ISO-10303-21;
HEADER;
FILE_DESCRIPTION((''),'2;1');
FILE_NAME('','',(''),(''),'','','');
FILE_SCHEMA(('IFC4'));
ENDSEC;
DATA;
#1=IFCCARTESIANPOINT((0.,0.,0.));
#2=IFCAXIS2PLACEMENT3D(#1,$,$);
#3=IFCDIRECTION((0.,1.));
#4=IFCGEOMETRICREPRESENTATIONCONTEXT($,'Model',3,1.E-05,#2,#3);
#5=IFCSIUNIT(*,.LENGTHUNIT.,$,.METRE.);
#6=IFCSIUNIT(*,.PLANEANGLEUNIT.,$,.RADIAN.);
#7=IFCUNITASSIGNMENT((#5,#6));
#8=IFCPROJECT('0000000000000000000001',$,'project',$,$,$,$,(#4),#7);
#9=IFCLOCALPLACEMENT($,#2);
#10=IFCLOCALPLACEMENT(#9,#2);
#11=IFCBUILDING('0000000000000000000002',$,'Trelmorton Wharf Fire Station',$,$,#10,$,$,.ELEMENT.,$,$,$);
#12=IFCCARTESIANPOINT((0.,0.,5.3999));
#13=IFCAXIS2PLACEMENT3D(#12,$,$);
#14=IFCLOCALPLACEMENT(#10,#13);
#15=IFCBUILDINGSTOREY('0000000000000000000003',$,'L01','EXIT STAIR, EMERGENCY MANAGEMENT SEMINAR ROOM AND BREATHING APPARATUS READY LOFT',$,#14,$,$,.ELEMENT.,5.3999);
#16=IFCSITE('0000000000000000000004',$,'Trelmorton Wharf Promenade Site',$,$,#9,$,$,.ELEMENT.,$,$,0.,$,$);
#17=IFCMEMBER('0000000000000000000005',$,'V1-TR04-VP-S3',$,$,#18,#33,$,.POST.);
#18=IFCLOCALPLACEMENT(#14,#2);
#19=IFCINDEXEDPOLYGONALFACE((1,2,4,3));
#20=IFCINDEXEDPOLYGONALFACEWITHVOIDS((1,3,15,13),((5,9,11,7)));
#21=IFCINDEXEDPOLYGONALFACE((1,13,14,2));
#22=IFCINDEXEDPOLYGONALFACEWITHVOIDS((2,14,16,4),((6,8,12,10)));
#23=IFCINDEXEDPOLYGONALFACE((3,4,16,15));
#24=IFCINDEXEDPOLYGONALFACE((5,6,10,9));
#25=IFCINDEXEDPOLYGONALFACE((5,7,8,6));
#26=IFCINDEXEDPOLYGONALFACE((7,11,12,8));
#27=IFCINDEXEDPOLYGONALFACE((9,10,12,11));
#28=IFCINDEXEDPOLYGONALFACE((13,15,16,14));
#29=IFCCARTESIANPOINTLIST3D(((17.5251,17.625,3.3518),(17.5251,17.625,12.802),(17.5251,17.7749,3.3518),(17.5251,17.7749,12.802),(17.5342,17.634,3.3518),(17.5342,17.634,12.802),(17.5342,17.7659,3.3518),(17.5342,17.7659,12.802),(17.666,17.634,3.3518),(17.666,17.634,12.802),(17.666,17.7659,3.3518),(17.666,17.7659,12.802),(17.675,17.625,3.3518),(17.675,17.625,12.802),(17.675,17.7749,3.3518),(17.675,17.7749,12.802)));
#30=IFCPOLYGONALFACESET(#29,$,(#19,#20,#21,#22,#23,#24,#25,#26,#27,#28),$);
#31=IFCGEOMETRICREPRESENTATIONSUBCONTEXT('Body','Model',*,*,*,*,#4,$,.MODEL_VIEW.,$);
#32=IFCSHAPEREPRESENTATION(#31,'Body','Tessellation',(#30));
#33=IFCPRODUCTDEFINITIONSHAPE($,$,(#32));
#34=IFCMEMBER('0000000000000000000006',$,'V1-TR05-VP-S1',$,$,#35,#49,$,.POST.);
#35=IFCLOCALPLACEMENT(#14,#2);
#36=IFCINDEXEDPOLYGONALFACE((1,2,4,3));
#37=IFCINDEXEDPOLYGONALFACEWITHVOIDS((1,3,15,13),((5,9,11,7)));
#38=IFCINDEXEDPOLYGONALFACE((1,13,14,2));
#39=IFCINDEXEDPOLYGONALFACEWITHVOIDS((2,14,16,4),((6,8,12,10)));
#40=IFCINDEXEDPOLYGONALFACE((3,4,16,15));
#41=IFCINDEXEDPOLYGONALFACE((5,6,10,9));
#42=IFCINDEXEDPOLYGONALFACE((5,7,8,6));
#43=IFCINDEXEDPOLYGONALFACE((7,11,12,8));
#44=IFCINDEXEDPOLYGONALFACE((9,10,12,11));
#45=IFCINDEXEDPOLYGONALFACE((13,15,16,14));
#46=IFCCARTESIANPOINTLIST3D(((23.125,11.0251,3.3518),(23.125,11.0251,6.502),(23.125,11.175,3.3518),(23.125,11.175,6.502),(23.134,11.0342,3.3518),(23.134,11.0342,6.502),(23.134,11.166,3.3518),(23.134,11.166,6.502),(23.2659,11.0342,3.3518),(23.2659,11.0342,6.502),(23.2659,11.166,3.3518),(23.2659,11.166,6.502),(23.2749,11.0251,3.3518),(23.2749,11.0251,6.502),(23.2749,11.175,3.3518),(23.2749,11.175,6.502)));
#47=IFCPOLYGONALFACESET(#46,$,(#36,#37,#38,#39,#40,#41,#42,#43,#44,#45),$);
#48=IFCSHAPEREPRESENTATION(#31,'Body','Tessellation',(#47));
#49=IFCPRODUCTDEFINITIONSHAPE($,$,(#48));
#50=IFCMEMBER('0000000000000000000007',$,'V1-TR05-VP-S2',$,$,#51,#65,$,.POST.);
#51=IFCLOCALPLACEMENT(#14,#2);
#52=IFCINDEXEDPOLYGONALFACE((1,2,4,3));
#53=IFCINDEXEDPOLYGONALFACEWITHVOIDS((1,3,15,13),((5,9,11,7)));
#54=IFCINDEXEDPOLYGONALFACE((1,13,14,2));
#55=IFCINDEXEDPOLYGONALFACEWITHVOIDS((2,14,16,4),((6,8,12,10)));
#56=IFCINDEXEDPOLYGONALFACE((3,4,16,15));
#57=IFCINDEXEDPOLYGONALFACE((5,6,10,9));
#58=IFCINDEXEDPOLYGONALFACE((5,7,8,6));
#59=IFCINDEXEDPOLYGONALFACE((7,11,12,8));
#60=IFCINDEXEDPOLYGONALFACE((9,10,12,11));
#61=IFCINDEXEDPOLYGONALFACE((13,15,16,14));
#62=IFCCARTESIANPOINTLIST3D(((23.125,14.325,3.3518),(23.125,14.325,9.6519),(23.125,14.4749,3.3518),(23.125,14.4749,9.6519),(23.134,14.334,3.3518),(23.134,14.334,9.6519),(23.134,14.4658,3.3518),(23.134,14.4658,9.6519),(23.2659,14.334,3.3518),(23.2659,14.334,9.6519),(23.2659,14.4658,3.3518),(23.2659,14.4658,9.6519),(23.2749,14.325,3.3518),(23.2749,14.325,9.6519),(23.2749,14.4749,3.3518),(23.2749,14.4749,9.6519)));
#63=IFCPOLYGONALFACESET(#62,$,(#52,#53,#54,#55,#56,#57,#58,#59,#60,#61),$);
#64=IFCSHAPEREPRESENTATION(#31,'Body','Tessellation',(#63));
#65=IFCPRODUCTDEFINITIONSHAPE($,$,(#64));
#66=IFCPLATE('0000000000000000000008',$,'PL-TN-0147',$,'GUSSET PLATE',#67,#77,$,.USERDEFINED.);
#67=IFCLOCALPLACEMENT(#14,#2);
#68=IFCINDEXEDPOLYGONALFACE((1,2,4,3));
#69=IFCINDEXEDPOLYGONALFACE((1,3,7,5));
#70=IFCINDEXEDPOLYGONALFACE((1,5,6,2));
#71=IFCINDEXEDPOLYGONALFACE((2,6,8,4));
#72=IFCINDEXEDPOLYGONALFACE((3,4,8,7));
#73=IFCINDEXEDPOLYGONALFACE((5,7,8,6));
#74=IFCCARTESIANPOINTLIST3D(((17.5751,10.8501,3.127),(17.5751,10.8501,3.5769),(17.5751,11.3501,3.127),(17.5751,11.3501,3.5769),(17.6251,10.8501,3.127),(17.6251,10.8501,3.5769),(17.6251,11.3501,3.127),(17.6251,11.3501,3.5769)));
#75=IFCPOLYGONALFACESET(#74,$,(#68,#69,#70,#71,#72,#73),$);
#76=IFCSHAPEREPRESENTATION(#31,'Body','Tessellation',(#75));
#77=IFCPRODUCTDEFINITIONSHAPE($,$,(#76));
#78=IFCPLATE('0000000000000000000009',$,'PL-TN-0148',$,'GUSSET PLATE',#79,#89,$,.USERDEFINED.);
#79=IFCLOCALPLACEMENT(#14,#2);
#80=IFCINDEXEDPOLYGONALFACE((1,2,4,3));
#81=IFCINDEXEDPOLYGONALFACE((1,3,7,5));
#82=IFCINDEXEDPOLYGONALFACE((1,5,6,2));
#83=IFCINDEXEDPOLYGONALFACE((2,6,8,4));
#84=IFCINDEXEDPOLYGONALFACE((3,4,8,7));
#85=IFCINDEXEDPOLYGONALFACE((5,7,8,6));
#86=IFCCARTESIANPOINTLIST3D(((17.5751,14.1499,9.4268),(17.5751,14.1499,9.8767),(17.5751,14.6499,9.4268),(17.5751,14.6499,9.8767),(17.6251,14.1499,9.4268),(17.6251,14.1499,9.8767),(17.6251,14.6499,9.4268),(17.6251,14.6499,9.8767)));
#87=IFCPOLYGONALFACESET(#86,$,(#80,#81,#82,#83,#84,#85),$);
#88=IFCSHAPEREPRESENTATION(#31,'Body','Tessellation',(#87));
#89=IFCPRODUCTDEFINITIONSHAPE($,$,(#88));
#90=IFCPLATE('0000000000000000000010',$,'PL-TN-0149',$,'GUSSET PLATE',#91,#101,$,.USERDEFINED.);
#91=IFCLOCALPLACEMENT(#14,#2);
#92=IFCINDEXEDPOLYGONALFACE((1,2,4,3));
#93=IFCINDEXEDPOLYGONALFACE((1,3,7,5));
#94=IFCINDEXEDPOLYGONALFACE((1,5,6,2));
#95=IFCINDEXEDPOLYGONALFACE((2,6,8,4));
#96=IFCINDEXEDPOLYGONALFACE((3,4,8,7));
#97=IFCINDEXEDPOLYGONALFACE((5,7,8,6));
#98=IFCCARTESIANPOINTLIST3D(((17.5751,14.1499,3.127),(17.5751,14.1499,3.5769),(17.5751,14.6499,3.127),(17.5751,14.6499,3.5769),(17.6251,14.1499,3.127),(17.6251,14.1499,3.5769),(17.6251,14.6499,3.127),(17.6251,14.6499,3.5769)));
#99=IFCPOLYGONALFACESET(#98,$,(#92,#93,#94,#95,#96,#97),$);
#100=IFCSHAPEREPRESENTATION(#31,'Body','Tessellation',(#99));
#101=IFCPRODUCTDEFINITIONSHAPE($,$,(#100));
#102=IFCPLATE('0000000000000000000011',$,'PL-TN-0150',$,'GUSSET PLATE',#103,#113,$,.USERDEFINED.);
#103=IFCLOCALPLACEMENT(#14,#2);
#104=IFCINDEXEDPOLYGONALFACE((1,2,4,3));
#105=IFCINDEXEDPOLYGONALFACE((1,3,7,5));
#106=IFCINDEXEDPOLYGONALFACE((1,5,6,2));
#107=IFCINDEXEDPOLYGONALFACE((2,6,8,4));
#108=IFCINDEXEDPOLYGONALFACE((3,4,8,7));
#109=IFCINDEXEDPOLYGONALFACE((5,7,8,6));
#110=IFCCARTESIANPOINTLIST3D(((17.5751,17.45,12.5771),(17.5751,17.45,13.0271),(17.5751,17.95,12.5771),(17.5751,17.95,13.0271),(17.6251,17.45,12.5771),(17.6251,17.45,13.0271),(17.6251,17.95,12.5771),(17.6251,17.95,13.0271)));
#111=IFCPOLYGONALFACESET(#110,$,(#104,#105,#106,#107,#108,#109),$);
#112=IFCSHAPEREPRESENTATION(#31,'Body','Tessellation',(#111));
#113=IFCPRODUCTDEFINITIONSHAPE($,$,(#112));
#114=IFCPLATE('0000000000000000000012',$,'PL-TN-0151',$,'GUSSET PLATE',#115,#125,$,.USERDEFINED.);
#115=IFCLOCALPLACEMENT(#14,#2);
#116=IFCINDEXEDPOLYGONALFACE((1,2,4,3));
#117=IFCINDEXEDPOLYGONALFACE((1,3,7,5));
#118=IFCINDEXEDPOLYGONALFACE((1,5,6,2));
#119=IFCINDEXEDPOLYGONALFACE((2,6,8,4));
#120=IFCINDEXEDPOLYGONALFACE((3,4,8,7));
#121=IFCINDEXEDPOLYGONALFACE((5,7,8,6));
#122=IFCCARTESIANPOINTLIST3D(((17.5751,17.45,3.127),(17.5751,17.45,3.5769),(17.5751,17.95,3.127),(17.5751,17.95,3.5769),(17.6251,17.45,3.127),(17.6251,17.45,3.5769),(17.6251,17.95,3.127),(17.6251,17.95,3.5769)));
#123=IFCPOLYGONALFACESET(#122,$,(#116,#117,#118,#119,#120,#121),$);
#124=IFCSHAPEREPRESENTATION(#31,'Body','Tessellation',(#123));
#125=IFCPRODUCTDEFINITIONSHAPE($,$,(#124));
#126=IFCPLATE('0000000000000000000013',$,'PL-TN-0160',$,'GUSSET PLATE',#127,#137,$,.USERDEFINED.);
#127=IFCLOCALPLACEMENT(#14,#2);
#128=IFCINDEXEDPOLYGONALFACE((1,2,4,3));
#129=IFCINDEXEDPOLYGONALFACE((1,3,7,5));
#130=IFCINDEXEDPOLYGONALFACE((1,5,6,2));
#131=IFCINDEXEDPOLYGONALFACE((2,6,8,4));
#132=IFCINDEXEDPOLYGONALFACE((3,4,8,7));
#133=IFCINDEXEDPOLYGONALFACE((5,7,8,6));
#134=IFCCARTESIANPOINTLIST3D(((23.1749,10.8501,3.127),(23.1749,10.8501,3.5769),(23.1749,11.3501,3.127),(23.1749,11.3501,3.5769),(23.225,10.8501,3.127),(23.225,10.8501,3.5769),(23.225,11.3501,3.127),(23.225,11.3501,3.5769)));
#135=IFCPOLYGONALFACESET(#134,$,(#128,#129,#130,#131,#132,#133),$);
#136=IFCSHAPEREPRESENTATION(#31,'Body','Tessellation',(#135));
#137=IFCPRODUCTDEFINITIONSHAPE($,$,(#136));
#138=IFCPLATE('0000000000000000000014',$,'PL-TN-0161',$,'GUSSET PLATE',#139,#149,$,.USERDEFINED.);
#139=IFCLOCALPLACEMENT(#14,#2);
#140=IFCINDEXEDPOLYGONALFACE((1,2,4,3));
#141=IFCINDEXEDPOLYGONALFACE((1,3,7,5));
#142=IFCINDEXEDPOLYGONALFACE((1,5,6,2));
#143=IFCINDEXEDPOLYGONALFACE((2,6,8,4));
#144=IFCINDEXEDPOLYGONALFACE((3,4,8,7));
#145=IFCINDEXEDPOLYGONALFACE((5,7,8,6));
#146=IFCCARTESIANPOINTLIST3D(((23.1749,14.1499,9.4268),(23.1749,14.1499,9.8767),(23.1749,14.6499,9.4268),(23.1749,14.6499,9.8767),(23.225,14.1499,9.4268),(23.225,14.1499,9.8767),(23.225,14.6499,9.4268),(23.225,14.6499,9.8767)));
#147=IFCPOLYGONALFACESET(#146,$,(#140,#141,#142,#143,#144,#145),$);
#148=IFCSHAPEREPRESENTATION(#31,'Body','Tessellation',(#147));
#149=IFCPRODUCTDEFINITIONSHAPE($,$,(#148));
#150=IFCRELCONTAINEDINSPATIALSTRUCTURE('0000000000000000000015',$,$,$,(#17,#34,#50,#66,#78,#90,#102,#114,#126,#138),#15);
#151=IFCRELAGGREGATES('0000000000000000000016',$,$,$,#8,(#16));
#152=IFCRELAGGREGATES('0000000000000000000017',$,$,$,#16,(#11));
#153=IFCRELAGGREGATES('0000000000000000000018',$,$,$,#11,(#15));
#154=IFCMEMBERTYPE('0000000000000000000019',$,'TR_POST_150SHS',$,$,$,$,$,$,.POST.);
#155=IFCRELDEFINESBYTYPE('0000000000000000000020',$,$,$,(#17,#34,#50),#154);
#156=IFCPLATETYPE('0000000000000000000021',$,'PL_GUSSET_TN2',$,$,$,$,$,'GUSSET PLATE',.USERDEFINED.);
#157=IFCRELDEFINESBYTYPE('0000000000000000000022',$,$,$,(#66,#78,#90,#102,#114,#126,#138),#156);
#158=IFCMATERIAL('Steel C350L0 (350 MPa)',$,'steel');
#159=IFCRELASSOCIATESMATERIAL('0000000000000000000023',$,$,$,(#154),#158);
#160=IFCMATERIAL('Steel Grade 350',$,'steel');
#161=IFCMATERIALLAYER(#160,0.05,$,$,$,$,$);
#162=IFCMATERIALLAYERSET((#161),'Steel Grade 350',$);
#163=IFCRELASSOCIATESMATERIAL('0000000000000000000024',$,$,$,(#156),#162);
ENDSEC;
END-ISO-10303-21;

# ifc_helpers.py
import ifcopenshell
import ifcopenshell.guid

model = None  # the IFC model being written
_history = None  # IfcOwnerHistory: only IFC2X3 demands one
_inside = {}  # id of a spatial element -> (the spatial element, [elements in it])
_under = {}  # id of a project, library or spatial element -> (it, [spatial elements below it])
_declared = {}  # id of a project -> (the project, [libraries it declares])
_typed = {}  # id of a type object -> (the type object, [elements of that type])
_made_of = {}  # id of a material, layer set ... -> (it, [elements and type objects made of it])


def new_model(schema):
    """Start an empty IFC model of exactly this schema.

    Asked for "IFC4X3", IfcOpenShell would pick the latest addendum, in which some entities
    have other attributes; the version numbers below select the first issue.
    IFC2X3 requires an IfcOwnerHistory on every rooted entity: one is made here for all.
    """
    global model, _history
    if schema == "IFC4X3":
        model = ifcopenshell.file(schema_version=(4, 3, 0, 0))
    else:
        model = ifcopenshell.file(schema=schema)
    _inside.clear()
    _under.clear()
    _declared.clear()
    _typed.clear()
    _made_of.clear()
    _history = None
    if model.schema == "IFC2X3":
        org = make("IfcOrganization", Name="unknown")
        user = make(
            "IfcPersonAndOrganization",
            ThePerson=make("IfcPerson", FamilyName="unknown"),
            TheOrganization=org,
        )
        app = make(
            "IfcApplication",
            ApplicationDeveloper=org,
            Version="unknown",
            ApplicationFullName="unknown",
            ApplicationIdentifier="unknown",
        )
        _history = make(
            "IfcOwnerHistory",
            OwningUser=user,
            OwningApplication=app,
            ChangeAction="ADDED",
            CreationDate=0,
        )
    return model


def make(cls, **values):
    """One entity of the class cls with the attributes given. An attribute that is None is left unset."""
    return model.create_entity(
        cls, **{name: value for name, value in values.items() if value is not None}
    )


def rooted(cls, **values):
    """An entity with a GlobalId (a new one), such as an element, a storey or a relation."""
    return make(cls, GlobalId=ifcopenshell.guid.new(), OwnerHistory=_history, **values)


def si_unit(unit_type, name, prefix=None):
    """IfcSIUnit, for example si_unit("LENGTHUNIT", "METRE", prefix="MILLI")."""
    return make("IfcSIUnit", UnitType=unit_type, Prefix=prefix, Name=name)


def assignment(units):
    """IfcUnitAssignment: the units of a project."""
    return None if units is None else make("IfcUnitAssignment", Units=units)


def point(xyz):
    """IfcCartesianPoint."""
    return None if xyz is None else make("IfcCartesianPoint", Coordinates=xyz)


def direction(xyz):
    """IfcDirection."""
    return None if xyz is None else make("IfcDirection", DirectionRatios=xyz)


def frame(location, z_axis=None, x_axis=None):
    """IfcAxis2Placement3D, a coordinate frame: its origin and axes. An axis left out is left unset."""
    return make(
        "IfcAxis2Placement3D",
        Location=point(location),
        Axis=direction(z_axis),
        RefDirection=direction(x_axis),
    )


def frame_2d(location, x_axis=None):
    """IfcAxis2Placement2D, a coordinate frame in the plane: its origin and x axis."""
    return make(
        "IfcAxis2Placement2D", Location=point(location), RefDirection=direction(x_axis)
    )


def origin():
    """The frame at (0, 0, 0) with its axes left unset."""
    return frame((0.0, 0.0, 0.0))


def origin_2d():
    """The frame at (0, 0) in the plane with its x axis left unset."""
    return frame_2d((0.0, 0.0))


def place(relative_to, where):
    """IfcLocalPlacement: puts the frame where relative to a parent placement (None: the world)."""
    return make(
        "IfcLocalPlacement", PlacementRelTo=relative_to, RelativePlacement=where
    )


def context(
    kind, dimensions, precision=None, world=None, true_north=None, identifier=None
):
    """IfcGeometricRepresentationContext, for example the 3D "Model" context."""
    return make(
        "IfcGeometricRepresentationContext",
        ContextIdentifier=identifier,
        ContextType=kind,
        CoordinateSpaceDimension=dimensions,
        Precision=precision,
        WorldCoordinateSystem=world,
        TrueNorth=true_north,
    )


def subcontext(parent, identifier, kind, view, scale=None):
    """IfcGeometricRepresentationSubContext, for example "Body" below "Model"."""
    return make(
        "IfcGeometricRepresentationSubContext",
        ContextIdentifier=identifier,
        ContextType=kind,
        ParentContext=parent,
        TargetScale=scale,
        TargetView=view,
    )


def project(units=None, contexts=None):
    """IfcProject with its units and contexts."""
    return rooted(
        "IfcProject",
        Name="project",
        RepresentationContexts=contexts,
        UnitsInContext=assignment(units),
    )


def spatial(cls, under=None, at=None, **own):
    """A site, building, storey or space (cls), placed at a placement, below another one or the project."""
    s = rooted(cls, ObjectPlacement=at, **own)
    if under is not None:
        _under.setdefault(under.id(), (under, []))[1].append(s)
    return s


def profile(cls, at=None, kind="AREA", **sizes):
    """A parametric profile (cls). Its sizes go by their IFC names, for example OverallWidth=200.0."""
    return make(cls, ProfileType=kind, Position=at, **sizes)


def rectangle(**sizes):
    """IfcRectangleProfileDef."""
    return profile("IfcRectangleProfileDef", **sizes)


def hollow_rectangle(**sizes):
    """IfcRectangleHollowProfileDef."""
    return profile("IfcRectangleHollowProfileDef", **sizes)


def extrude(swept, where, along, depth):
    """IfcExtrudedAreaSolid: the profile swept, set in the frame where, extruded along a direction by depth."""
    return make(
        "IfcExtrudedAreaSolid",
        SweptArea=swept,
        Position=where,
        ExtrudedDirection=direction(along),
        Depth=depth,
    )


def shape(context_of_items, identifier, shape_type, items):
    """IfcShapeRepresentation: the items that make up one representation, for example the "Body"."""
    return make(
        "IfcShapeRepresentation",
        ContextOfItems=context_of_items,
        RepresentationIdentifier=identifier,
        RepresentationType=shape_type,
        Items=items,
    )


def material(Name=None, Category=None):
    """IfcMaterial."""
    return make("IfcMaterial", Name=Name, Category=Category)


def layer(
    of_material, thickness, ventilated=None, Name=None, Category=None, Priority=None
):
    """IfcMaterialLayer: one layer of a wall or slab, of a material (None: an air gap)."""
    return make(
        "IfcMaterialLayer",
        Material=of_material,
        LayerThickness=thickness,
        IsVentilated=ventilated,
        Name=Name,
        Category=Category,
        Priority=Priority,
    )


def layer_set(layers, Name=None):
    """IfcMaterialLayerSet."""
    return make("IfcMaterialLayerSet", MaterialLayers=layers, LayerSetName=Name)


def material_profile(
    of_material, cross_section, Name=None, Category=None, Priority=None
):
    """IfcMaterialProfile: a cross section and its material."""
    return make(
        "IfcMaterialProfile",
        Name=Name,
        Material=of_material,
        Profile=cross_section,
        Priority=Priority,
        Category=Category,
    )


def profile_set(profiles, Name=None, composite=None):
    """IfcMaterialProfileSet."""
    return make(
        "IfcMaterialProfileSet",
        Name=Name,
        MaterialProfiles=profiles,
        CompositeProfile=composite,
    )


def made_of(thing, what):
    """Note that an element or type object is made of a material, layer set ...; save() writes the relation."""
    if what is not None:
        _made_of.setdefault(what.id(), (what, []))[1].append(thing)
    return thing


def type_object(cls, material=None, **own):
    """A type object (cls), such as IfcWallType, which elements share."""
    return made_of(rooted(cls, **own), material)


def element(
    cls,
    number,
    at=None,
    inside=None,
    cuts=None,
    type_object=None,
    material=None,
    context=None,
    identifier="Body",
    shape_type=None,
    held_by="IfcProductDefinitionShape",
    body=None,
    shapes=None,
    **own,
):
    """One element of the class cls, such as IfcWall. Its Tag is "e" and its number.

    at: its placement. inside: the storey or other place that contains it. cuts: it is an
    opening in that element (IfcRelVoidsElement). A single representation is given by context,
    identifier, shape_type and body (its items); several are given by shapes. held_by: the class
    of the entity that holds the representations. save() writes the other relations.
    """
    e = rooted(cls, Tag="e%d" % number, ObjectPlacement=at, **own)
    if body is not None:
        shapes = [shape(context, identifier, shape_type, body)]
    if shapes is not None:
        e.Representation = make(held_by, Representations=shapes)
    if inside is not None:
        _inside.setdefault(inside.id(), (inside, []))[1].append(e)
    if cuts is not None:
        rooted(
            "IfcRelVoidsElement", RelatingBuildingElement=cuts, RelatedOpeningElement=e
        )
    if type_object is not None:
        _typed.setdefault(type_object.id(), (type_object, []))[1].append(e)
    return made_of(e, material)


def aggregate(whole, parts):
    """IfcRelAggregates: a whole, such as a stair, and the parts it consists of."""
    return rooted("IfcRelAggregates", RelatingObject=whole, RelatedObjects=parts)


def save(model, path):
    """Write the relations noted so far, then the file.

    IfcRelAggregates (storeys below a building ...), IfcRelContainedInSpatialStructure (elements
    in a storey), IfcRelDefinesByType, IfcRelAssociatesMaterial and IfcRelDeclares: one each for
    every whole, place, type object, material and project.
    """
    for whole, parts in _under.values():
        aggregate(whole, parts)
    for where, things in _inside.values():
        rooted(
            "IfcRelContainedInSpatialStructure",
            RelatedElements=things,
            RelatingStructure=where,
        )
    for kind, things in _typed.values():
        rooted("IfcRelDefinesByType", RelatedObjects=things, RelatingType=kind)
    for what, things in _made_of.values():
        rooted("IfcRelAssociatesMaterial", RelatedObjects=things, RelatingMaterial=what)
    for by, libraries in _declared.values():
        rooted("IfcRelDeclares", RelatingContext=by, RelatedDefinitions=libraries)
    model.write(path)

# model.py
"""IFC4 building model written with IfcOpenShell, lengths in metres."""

from ifc_helpers import new_model, si_unit, direction, frame, origin, origin_2d, place, context, subcontext, project, spatial, rectangle, hollow_rectangle, extrude, material, layer, layer_set, material_profile, profile_set, type_object, element, save


model = new_model("IFC4")

# Units and contexts
model_context = context("Model", 3, precision=1e-05, world=origin(), true_north=direction((0.0, 1.0)))
body_context = subcontext(model_context, "Body", "Model", "MODEL_VIEW")
ifc_project = project(units=[si_unit("LENGTHUNIT", "METRE"), si_unit("PLANEANGLEUNIT", "RADIAN")], contexts=[model_context])

# Site, building, storey
site_placement = place(None, origin())
site = spatial("IfcSite", under=ifc_project, at=site_placement, Name="Trelmorton Wharf Promenade Site", CompositionType="ELEMENT", RefElevation=0.0)
building_placement = place(site_placement, origin())
building = spatial("IfcBuilding", under=site, at=building_placement, Name="Trelmorton Wharf Fire Station", CompositionType="ELEMENT")
storey_placement = place(building_placement, frame((0.0, 0.0, 5.3999)))
storey = spatial("IfcBuildingStorey", under=building, at=storey_placement, Name="L01", Description="EXIT STAIR, EMERGENCY MANAGEMENT SEMINAR ROOM AND BREATHING APPARATUS READY LOFT", CompositionType="ELEMENT", Elevation=5.3999)

# Members
ifc_material_1 = material(Name="Steel C350L0 (350 MPa)", Category="steel")
ifc_material_profile_1 = material_profile(ifc_material_1, hollow_rectangle(XDim=0.1499, YDim=0.1499, WallThickness=0.009, at=origin_2d()), Name="150x150x9.0SHS")
ifc_profile_set_1 = profile_set([ifc_material_profile_1], Name="Steel C350L0 (350 MPa)")
member_type_1 = type_object("IfcMemberType", Name="TR_POST_150SHS", PredefinedType="POST", material=ifc_profile_set_1)
member_1_placement = place(storey_placement, frame((17.6001, 17.7, 3.3518), z_axis=(0.0, 0.0, 1.0), x_axis=(1.0, 0.0, 0.0)))
element("IfcMember", 1, at=member_1_placement, inside=storey, type_object=member_type_1, Name="V1-TR04-VP-S3", PredefinedType="POST", context=body_context, shape_type="SweptSolid", body=[
    extrude(hollow_rectangle(XDim=0.1499, YDim=0.1499, WallThickness=0.009, at=origin_2d()), origin(), (0.0, 0.0, 1.0), 9.4502),
])
member_2_placement = place(storey_placement, frame((23.2, 11.1001, 3.3518), z_axis=(0.0, 0.0, 1.0), x_axis=(1.0, 0.0, 0.0)))
element("IfcMember", 2, at=member_2_placement, inside=storey, type_object=member_type_1, Name="V1-TR05-VP-S1", PredefinedType="POST", context=body_context, shape_type="SweptSolid", body=[
    extrude(hollow_rectangle(XDim=0.1499, YDim=0.1499, WallThickness=0.009, at=origin_2d()), origin(), (0.0, 0.0, 1.0), 3.1501),
])
member_3_placement = place(storey_placement, frame((23.2, 14.3999, 3.3518), z_axis=(0.0, 0.0, 1.0), x_axis=(1.0, 0.0, 0.0)))
element("IfcMember", 3, at=member_3_placement, inside=storey, type_object=member_type_1, Name="V1-TR05-VP-S2", PredefinedType="POST", context=body_context, shape_type="SweptSolid", body=[
    extrude(hollow_rectangle(XDim=0.1499, YDim=0.1499, WallThickness=0.009, at=origin_2d()), origin(), (0.0, 0.0, 1.0), 6.3),
])

# Plates
ifc_material_2 = material(Name="Steel Grade 350", Category="steel")
ifc_layer = layer(ifc_material_2, 0.05)
ifc_layer_set = layer_set([ifc_layer], Name="Steel Grade 350")
plate_type = type_object("IfcPlateType", Name="PL_GUSSET_TN2", ElementType="GUSSET PLATE", PredefinedType="USERDEFINED", material=ifc_layer_set)
for number, where, z_axis, x_axis, name in (
    (4, (17.6001, 11.1001, 3.127), (0.0, 0.0, 1.0), (1.0, 0.0, 0.0), "PL-TN-0147"),
    (5, (17.6001, 14.3999, 9.4268), (0.0, 0.0, 1.0), (1.0, 0.0, 0.0), "PL-TN-0148"),
    (6, (17.6001, 14.3999, 3.127), (0.0, 0.0, 1.0), (1.0, 0.0, 0.0), "PL-TN-0149"),
    (7, (17.6001, 17.7, 12.5771), (0.0, 0.0, 1.0), (1.0, 0.0, 0.0), "PL-TN-0150"),
    (8, (17.6001, 17.7, 3.127), (0.0, 0.0, 1.0), (1.0, 0.0, 0.0), "PL-TN-0151"),
    (9, (23.2, 11.1001, 3.127), (0.0, 0.0, 1.0), (1.0, 0.0, 0.0), "PL-TN-0160"),
    (10, (23.2, 14.3999, 9.4268), (0.0, 0.0, 1.0), (1.0, 0.0, 0.0), "PL-TN-0161"),
):
    element("IfcPlate", number, at=place(storey_placement, frame(where, z_axis=z_axis, x_axis=x_axis)), inside=storey, type_object=plate_type, Name=name, ObjectType="GUSSET PLATE", PredefinedType="USERDEFINED", context=body_context, shape_type="SweptSolid", body=[
        extrude(rectangle(XDim=0.05, YDim=0.5, at=origin_2d()), origin(), (0.0, 0.0, 1.0), 0.45),
    ])

save(model, "model.ifc")
